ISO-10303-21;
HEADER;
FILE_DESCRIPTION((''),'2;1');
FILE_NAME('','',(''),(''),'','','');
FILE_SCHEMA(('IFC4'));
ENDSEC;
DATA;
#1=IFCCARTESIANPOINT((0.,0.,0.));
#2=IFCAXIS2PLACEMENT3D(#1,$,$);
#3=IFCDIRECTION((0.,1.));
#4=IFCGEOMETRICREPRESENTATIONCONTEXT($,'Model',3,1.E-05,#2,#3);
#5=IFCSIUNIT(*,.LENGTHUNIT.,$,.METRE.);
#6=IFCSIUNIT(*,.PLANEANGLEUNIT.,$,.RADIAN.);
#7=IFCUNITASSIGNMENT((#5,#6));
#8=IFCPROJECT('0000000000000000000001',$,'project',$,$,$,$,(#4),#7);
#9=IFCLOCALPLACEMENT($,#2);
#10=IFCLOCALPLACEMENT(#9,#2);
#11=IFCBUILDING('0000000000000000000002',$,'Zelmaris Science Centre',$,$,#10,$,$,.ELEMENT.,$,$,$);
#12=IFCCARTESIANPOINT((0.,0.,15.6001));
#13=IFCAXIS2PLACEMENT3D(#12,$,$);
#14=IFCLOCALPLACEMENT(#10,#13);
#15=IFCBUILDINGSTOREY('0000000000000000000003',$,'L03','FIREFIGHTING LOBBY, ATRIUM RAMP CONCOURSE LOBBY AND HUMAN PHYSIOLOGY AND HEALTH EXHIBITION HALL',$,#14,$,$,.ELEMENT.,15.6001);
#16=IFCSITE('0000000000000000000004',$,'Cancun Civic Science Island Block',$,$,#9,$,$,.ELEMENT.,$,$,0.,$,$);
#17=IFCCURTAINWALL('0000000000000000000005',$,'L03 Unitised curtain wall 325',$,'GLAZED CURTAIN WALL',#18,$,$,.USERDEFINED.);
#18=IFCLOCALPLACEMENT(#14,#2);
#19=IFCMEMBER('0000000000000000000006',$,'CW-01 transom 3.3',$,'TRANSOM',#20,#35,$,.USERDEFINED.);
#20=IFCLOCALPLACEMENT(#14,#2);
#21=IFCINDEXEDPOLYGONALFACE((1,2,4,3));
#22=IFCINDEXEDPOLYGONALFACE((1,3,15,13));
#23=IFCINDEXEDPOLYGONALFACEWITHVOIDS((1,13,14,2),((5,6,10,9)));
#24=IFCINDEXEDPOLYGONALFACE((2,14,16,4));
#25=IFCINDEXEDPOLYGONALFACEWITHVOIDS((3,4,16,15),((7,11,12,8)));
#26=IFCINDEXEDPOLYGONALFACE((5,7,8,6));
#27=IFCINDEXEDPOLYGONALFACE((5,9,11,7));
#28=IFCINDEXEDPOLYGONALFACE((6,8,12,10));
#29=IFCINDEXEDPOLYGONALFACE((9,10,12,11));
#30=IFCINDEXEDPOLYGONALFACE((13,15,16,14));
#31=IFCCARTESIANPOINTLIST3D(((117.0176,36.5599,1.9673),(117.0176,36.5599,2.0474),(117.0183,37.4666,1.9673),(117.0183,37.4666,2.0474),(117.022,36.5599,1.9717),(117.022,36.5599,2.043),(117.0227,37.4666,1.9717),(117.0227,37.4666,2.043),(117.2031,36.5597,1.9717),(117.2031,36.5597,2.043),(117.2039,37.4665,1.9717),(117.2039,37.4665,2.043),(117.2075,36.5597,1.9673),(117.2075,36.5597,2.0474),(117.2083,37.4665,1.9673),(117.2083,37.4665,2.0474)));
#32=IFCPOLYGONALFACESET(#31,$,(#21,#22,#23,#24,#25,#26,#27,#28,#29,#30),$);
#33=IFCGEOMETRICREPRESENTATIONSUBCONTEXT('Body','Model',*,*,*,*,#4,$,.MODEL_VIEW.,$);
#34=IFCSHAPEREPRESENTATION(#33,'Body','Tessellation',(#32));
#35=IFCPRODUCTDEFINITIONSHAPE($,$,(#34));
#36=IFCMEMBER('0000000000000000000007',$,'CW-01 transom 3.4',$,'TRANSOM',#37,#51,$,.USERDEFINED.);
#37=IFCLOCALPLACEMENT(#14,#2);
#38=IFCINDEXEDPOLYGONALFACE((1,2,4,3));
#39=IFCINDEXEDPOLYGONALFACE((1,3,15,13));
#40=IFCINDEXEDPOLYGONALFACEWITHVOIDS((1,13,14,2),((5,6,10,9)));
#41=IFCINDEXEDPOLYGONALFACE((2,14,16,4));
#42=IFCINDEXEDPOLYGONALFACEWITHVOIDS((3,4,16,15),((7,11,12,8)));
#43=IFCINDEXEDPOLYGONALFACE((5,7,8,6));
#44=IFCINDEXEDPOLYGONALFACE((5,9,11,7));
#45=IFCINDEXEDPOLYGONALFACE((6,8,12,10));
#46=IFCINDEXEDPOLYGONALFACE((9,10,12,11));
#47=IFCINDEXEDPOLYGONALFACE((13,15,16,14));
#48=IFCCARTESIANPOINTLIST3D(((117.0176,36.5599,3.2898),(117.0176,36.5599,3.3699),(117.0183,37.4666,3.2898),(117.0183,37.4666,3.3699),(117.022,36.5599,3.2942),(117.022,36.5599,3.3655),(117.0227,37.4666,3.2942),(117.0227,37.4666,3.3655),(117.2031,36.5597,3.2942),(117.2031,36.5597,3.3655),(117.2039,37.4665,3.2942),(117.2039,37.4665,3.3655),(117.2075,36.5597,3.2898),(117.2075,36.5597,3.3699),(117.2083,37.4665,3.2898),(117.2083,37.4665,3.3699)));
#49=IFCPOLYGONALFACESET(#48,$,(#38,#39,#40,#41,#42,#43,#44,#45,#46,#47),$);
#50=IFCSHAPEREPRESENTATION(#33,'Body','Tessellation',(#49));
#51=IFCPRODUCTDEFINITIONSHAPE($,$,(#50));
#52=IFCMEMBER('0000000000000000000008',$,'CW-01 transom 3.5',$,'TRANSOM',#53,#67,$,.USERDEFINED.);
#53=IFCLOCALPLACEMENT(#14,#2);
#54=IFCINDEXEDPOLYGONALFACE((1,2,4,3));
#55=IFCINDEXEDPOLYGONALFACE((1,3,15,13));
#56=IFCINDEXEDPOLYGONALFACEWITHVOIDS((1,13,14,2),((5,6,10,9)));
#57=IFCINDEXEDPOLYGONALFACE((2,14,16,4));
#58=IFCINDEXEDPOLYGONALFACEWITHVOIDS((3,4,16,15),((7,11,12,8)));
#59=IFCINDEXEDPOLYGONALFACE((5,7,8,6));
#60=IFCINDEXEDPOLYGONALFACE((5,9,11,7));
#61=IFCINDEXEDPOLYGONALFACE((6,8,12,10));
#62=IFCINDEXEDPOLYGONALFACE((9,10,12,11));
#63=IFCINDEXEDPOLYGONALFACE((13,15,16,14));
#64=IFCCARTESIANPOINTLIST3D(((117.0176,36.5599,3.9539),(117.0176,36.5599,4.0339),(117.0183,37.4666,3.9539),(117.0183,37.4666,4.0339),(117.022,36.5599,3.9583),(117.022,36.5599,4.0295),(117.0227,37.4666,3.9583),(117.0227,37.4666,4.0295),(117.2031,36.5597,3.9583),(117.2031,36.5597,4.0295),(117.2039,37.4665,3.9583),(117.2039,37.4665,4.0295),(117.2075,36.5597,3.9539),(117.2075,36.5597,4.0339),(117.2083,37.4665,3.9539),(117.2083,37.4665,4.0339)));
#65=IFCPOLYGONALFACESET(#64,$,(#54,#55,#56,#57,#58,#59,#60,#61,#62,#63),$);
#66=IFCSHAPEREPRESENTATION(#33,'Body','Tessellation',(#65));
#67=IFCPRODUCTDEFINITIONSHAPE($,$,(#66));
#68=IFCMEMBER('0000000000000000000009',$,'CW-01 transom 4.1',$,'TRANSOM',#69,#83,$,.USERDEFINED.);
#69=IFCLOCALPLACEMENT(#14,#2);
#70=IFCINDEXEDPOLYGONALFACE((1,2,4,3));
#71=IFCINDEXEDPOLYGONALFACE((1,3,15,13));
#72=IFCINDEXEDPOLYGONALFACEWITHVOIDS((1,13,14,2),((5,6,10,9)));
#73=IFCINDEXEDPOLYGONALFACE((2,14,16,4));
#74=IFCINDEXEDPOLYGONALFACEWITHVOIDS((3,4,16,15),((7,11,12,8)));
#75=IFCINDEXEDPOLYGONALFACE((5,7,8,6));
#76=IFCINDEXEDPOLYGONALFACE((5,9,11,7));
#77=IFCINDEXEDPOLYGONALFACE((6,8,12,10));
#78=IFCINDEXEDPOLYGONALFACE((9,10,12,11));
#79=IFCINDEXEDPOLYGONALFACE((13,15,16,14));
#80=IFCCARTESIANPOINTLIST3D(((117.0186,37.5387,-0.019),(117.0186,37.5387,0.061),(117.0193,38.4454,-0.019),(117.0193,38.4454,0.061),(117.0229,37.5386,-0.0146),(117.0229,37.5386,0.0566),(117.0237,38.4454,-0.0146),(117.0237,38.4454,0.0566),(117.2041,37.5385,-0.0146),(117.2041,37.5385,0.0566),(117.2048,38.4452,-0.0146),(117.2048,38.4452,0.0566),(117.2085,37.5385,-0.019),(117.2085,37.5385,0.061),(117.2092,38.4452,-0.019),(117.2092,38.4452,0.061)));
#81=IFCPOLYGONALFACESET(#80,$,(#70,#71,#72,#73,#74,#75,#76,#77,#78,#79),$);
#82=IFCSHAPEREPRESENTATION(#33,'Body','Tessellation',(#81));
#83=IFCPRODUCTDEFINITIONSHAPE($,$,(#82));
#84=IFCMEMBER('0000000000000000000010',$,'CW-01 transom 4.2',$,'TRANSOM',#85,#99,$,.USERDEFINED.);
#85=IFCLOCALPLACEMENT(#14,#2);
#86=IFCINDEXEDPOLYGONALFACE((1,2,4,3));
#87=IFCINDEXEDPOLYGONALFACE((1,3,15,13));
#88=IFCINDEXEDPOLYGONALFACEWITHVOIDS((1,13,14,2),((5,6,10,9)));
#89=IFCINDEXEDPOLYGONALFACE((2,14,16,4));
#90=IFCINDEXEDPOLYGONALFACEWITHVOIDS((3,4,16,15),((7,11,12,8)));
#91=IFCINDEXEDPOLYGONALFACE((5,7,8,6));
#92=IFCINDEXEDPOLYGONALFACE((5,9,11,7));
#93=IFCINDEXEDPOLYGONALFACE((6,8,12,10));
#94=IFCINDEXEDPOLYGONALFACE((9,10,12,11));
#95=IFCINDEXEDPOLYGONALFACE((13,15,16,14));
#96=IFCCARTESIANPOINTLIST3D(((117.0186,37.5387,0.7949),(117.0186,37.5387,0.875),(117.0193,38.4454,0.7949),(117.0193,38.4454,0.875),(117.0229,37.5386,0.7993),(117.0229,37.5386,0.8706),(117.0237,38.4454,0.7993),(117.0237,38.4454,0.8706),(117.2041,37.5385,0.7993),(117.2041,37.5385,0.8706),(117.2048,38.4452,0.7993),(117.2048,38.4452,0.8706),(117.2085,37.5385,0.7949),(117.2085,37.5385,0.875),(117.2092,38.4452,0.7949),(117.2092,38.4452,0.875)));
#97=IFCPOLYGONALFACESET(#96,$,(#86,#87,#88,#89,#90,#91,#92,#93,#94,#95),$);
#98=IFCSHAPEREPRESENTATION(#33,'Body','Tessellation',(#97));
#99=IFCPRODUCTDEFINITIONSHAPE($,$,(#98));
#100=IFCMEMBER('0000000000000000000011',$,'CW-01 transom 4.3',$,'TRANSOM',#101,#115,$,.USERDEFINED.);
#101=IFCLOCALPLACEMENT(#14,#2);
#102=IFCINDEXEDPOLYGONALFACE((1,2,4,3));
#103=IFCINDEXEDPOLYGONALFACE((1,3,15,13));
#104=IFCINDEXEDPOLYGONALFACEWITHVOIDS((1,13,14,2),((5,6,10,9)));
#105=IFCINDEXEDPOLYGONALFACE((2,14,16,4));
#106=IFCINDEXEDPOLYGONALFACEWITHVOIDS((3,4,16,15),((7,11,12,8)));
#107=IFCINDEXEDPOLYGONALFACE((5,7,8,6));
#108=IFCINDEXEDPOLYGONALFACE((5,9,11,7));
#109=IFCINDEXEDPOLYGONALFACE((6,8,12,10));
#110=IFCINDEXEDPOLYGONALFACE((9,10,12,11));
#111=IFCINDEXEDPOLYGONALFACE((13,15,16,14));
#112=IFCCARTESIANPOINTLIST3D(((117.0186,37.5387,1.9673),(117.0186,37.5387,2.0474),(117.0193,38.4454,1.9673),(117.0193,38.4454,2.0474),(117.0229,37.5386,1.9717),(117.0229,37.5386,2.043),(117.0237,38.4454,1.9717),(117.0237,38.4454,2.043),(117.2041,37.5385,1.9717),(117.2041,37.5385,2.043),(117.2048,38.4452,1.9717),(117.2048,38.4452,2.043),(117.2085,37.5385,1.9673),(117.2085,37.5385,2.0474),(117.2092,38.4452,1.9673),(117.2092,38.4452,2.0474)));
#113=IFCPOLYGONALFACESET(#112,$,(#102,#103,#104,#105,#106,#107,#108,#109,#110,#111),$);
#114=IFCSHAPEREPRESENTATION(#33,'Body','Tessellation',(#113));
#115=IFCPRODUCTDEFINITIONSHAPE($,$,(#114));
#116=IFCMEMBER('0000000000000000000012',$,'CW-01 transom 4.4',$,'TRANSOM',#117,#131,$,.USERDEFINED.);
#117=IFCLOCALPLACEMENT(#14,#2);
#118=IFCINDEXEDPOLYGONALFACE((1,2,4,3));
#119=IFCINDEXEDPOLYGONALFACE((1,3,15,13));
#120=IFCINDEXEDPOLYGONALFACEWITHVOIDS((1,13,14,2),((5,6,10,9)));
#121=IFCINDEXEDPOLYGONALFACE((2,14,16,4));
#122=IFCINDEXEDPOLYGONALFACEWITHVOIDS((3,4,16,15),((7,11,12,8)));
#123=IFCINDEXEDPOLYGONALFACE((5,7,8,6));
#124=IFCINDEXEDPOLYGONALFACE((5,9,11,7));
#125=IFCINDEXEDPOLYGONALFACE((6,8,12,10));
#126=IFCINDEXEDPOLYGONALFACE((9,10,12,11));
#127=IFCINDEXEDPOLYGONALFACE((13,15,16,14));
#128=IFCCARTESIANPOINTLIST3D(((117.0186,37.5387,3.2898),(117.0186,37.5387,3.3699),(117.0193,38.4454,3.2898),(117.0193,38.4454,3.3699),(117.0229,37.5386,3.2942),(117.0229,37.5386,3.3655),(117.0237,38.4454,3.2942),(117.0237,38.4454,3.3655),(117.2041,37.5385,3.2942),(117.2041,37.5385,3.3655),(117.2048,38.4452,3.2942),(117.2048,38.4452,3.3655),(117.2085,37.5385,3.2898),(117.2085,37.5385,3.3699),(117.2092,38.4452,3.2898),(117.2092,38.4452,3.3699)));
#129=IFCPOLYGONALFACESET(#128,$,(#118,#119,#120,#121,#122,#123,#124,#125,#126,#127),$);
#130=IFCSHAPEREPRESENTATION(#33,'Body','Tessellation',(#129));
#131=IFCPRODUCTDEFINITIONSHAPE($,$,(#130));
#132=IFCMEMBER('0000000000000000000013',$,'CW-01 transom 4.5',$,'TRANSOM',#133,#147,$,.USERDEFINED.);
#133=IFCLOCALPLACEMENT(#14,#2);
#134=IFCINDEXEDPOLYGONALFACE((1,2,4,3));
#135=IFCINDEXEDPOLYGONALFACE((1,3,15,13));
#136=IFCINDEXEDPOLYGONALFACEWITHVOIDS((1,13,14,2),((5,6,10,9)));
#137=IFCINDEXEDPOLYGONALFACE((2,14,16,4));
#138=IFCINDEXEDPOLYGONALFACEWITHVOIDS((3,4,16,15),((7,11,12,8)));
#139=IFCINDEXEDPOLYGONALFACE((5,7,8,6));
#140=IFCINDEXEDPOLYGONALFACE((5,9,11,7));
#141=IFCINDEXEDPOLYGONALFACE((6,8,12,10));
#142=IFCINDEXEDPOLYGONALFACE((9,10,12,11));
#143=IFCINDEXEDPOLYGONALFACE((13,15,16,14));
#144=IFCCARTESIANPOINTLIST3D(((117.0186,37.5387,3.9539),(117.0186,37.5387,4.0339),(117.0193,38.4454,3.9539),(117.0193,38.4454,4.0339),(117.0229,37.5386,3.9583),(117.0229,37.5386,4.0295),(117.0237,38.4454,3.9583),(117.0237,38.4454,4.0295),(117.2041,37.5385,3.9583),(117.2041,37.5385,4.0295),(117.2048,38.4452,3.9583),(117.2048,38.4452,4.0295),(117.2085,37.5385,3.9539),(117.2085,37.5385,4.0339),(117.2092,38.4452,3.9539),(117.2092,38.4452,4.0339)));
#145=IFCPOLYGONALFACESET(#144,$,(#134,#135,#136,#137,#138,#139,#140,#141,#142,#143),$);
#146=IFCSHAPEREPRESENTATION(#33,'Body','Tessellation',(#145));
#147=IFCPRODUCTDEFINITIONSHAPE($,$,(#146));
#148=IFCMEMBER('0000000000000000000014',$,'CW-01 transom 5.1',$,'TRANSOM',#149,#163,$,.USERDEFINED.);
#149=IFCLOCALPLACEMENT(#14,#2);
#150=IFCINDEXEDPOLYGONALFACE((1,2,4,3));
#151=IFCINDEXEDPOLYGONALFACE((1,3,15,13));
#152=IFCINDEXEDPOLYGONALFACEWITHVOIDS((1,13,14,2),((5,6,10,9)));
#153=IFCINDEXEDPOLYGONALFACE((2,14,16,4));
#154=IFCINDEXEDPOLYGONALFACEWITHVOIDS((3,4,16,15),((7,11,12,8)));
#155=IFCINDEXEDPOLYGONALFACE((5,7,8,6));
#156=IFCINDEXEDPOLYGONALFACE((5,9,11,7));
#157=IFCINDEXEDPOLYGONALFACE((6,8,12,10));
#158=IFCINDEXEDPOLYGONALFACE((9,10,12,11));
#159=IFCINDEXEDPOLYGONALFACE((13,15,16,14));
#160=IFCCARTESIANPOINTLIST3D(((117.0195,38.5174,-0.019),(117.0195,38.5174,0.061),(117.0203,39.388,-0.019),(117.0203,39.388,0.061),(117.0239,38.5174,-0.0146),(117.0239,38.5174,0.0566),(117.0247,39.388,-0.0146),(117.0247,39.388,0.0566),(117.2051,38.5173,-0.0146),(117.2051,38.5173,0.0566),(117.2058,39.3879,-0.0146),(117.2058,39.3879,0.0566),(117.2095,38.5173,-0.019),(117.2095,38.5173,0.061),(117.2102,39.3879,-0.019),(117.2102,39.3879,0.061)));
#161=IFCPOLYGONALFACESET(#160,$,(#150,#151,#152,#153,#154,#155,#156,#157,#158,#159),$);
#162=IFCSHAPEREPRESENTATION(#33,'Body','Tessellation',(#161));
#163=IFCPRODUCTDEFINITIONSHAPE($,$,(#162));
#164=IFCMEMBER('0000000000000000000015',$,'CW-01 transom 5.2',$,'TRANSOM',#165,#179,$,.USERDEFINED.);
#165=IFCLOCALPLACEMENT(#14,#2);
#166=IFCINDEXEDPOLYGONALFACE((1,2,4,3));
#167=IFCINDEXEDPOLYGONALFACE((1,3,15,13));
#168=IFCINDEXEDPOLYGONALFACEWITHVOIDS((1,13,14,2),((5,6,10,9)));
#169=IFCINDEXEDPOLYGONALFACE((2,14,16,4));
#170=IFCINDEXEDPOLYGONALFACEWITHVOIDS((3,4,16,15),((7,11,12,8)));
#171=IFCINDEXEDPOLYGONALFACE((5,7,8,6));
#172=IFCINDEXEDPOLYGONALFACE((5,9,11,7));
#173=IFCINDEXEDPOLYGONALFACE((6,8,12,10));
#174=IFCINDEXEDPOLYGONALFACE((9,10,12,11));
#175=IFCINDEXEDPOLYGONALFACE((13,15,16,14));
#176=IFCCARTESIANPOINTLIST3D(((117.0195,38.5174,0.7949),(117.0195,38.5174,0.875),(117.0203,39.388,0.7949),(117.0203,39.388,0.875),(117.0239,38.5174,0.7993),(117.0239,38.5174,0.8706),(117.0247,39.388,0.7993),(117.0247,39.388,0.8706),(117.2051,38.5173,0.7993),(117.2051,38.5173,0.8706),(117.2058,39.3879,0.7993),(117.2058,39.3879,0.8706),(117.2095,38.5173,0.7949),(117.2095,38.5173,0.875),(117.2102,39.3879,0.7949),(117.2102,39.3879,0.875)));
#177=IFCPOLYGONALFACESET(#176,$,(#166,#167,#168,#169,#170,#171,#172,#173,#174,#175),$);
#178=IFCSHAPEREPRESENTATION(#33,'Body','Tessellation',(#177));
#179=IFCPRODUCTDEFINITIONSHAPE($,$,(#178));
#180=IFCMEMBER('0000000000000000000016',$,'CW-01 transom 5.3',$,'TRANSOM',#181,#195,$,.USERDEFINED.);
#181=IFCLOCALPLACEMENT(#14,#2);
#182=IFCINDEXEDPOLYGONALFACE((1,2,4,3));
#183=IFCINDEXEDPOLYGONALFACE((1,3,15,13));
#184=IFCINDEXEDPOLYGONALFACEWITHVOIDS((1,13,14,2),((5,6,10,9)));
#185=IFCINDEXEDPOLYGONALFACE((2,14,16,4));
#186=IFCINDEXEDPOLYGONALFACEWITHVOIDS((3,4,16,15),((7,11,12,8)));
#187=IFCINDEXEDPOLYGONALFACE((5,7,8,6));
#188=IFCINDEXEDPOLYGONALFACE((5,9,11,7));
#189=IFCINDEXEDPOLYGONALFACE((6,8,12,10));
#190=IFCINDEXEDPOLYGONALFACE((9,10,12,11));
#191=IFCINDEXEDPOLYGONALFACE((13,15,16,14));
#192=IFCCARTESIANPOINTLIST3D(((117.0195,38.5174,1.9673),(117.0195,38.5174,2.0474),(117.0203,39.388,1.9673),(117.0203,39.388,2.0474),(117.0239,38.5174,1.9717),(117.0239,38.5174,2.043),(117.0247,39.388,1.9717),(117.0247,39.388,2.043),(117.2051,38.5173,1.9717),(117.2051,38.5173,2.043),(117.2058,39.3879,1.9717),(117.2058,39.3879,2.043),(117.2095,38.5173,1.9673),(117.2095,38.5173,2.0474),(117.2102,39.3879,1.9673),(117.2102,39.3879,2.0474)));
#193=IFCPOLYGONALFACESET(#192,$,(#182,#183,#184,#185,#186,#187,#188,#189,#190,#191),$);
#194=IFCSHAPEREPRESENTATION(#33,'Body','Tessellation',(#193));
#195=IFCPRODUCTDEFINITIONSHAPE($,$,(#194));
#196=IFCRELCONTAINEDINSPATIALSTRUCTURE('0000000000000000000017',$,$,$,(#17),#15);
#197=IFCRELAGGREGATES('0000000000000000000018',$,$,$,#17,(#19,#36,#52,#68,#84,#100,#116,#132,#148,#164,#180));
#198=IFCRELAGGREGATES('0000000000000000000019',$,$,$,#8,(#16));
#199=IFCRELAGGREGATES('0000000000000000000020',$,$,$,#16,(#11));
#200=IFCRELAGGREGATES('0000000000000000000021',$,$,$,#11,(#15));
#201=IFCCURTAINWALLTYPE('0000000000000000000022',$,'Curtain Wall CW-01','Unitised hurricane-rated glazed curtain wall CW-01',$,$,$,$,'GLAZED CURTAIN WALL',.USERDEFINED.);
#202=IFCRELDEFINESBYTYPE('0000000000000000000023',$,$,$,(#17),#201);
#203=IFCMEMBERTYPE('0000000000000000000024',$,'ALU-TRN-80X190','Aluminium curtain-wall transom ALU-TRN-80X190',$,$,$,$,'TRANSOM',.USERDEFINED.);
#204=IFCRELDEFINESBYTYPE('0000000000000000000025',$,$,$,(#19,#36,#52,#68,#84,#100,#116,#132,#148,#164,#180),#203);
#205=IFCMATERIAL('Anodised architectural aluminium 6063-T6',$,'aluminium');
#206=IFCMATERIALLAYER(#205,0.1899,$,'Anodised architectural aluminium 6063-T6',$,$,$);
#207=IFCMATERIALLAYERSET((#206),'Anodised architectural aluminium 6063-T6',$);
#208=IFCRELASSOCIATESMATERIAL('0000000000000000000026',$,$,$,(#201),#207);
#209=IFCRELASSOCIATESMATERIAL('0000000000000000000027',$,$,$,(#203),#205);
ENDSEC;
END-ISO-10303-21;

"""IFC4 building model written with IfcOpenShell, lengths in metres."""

from ifc_helpers import new_model, si_unit, direction, frame, origin, origin_2d, place, context, subcontext, project, spatial, hollow_rectangle, extrude, material, layer, layer_set, material_profile, profile_set, type_object, element, aggregate, save


model = new_model("IFC4")

# Units and contexts
model_context = context("Model", 3, precision=1e-05, world=origin(), true_north=direction((0.0, 1.0)))
body_context = subcontext(model_context, "Body", "Model", "MODEL_VIEW")
ifc_project = project(units=[si_unit("LENGTHUNIT", "METRE"), si_unit("PLANEANGLEUNIT", "RADIAN")], contexts=[model_context])

# Site, building, storey
site_placement = place(None, origin())
site = spatial("IfcSite", under=ifc_project, at=site_placement, Name="Cancun Civic Science Island Block", CompositionType="ELEMENT", RefElevation=0.0)
building_placement = place(site_placement, origin())
building = spatial("IfcBuilding", under=site, at=building_placement, Name="Zelmaris Science Centre", CompositionType="ELEMENT")
storey_placement = place(building_placement, frame((0.0, 0.0, 15.6001)))
storey = spatial("IfcBuildingStorey", under=building, at=storey_placement, Name="L03", Description="FIREFIGHTING LOBBY, ATRIUM RAMP CONCOURSE LOBBY AND HUMAN PHYSIOLOGY AND HEALTH EXHIBITION HALL", CompositionType="ELEMENT", Elevation=15.6001)

# Curtain wall, members
ifc_material_1 = material(Name="Anodised architectural aluminium 6063-T6", Category="aluminium")
ifc_layer_1 = layer(ifc_material_1, 0.1899, Name="Anodised architectural aluminium 6063-T6")
ifc_layer_set_1 = layer_set([ifc_layer_1], Name="Anodised architectural aluminium 6063-T6")
curtain_wall_type = type_object("IfcCurtainWallType", Name="Curtain Wall CW-01", Description="Unitised hurricane-rated glazed curtain wall CW-01", ElementType="GLAZED CURTAIN WALL", PredefinedType="USERDEFINED", material=ifc_layer_set_1)
curtain_wall_placement = place(storey_placement, origin())
curtain_wall = element("IfcCurtainWall", 1, at=curtain_wall_placement, inside=storey, type_object=curtain_wall_type, Name="L03 Unitised curtain wall 325", ObjectType="GLAZED CURTAIN WALL", PredefinedType="USERDEFINED")
ifc_material_profile_1 = material_profile(ifc_material_1, hollow_rectangle(XDim=0.0801, YDim=0.1899, WallThickness=0.0044, at=origin_2d()), Name="ALU-TRN-80X190")
ifc_profile_set_1 = profile_set([ifc_material_profile_1], Name="Anodised architectural aluminium 6063-T6")
member_type_1 = type_object("IfcMemberType", Name="ALU-TRN-80X190", Description="Aluminium curtain-wall transom ALU-TRN-80X190", ElementType="TRANSOM", PredefinedType="USERDEFINED", material=ifc_profile_set_1)
member_1_placement = place(storey_placement, frame((117.1125, 36.5598, 2.0073), z_axis=(0.000808, 1.0, 0.0), x_axis=(0.0, 0.0, 1.0)))
member_1 = element("IfcMember", 2, at=member_1_placement, type_object=member_type_1, Name="CW-01 transom 3.3", ObjectType="TRANSOM", PredefinedType="USERDEFINED", context=body_context, shape_type="SweptSolid", body=[
    extrude(hollow_rectangle(XDim=0.0801, YDim=0.1899, WallThickness=0.0044, at=origin_2d()), origin(), (0.0, 0.0, 1.0), 0.9067),
])
member_2_placement = place(storey_placement, frame((117.1125, 36.5598, 3.3298), z_axis=(0.000808, 1.0, 0.0), x_axis=(0.0, 0.0, 1.0)))
member_2 = element("IfcMember", 3, at=member_2_placement, type_object=member_type_1, Name="CW-01 transom 3.4", ObjectType="TRANSOM", PredefinedType="USERDEFINED", context=body_context, shape_type="SweptSolid", body=[
    extrude(hollow_rectangle(XDim=0.0801, YDim=0.1899, WallThickness=0.0044, at=origin_2d()), origin(), (0.0, 0.0, 1.0), 0.9067),
])
member_3_placement = place(storey_placement, frame((117.1125, 36.5598, 3.9939), z_axis=(0.000808, 1.0, 0.0), x_axis=(0.0, 0.0, 1.0)))
member_3 = element("IfcMember", 4, at=member_3_placement, type_object=member_type_1, Name="CW-01 transom 3.5", ObjectType="TRANSOM", PredefinedType="USERDEFINED", context=body_context, shape_type="SweptSolid", body=[
    extrude(hollow_rectangle(XDim=0.0801, YDim=0.1899, WallThickness=0.0044, at=origin_2d()), origin(), (0.0, 0.0, 1.0), 0.9067),
])
member_4_placement = place(storey_placement, frame((117.1135, 37.5386, 0.021), z_axis=(0.000808, 1.0, 0.0), x_axis=(0.0, 0.0, 1.0)))
member_4 = element("IfcMember", 5, at=member_4_placement, type_object=member_type_1, Name="CW-01 transom 4.1", ObjectType="TRANSOM", PredefinedType="USERDEFINED", context=body_context, shape_type="SweptSolid", body=[
    extrude(hollow_rectangle(XDim=0.0801, YDim=0.1899, WallThickness=0.0044, at=origin_2d()), origin(), (0.0, 0.0, 1.0), 0.9067),
])
member_5_placement = place(storey_placement, frame((117.1135, 37.5386, 0.835), z_axis=(0.000808, 1.0, 0.0), x_axis=(0.0, 0.0, 1.0)))
member_5 = element("IfcMember", 6, at=member_5_placement, type_object=member_type_1, Name="CW-01 transom 4.2", ObjectType="TRANSOM", PredefinedType="USERDEFINED", context=body_context, shape_type="SweptSolid", body=[
    extrude(hollow_rectangle(XDim=0.0801, YDim=0.1899, WallThickness=0.0044, at=origin_2d()), origin(), (0.0, 0.0, 1.0), 0.9067),
])
member_6_placement = place(storey_placement, frame((117.1135, 37.5386, 2.0073), z_axis=(0.000808, 1.0, 0.0), x_axis=(0.0, 0.0, 1.0)))
member_6 = element("IfcMember", 7, at=member_6_placement, type_object=member_type_1, Name="CW-01 transom 4.3", ObjectType="TRANSOM", PredefinedType="USERDEFINED", context=body_context, shape_type="SweptSolid", body=[
    extrude(hollow_rectangle(XDim=0.0801, YDim=0.1899, WallThickness=0.0044, at=origin_2d()), origin(), (0.0, 0.0, 1.0), 0.9067),
])
member_7_placement = place(storey_placement, frame((117.1135, 37.5386, 3.3298), z_axis=(0.000808, 1.0, 0.0), x_axis=(0.0, 0.0, 1.0)))
member_7 = element("IfcMember", 8, at=member_7_placement, type_object=member_type_1, Name="CW-01 transom 4.4", ObjectType="TRANSOM", PredefinedType="USERDEFINED", context=body_context, shape_type="SweptSolid", body=[
    extrude(hollow_rectangle(XDim=0.0801, YDim=0.1899, WallThickness=0.0044, at=origin_2d()), origin(), (0.0, 0.0, 1.0), 0.9067),
])
member_8_placement = place(storey_placement, frame((117.1135, 37.5386, 3.9939), z_axis=(0.000808, 1.0, 0.0), x_axis=(0.0, 0.0, 1.0)))
member_8 = element("IfcMember", 9, at=member_8_placement, type_object=member_type_1, Name="CW-01 transom 4.5", ObjectType="TRANSOM", PredefinedType="USERDEFINED", context=body_context, shape_type="SweptSolid", body=[
    extrude(hollow_rectangle(XDim=0.0801, YDim=0.1899, WallThickness=0.0044, at=origin_2d()), origin(), (0.0, 0.0, 1.0), 0.9067),
])
member_9_placement = place(storey_placement, frame((117.1145, 38.5173, 0.021), z_axis=(0.000841, 1.0, 0.0), x_axis=(0.0, 0.0, 1.0)))
member_9 = element("IfcMember", 10, at=member_9_placement, type_object=member_type_1, Name="CW-01 transom 5.1", ObjectType="TRANSOM", PredefinedType="USERDEFINED", context=body_context, shape_type="SweptSolid", body=[
    extrude(hollow_rectangle(XDim=0.0801, YDim=0.1899, WallThickness=0.0044, at=origin_2d()), origin(), (0.0, 0.0, 1.0), 0.8706),
])
member_10_placement = place(storey_placement, frame((117.1145, 38.5173, 0.835), z_axis=(0.000841, 1.0, 0.0), x_axis=(0.0, 0.0, 1.0)))
member_10 = element("IfcMember", 11, at=member_10_placement, type_object=member_type_1, Name="CW-01 transom 5.2", ObjectType="TRANSOM", PredefinedType="USERDEFINED", context=body_context, shape_type="SweptSolid", body=[
    extrude(hollow_rectangle(XDim=0.0801, YDim=0.1899, WallThickness=0.0044, at=origin_2d()), origin(), (0.0, 0.0, 1.0), 0.8706),
])
member_11_placement = place(storey_placement, frame((117.1145, 38.5173, 2.0073), z_axis=(0.000841, 1.0, 0.0), x_axis=(0.0, 0.0, 1.0)))
member_11 = element("IfcMember", 12, at=member_11_placement, type_object=member_type_1, Name="CW-01 transom 5.3", ObjectType="TRANSOM", PredefinedType="USERDEFINED", context=body_context, shape_type="SweptSolid", body=[
    extrude(hollow_rectangle(XDim=0.0801, YDim=0.1899, WallThickness=0.0044, at=origin_2d()), origin(), (0.0, 0.0, 1.0), 0.8706),
])
aggregate(curtain_wall, [member_1, member_2, member_3, member_4, member_5, member_6, member_7, member_8, member_9, member_10, member_11])

save(model, "model.ifc")
